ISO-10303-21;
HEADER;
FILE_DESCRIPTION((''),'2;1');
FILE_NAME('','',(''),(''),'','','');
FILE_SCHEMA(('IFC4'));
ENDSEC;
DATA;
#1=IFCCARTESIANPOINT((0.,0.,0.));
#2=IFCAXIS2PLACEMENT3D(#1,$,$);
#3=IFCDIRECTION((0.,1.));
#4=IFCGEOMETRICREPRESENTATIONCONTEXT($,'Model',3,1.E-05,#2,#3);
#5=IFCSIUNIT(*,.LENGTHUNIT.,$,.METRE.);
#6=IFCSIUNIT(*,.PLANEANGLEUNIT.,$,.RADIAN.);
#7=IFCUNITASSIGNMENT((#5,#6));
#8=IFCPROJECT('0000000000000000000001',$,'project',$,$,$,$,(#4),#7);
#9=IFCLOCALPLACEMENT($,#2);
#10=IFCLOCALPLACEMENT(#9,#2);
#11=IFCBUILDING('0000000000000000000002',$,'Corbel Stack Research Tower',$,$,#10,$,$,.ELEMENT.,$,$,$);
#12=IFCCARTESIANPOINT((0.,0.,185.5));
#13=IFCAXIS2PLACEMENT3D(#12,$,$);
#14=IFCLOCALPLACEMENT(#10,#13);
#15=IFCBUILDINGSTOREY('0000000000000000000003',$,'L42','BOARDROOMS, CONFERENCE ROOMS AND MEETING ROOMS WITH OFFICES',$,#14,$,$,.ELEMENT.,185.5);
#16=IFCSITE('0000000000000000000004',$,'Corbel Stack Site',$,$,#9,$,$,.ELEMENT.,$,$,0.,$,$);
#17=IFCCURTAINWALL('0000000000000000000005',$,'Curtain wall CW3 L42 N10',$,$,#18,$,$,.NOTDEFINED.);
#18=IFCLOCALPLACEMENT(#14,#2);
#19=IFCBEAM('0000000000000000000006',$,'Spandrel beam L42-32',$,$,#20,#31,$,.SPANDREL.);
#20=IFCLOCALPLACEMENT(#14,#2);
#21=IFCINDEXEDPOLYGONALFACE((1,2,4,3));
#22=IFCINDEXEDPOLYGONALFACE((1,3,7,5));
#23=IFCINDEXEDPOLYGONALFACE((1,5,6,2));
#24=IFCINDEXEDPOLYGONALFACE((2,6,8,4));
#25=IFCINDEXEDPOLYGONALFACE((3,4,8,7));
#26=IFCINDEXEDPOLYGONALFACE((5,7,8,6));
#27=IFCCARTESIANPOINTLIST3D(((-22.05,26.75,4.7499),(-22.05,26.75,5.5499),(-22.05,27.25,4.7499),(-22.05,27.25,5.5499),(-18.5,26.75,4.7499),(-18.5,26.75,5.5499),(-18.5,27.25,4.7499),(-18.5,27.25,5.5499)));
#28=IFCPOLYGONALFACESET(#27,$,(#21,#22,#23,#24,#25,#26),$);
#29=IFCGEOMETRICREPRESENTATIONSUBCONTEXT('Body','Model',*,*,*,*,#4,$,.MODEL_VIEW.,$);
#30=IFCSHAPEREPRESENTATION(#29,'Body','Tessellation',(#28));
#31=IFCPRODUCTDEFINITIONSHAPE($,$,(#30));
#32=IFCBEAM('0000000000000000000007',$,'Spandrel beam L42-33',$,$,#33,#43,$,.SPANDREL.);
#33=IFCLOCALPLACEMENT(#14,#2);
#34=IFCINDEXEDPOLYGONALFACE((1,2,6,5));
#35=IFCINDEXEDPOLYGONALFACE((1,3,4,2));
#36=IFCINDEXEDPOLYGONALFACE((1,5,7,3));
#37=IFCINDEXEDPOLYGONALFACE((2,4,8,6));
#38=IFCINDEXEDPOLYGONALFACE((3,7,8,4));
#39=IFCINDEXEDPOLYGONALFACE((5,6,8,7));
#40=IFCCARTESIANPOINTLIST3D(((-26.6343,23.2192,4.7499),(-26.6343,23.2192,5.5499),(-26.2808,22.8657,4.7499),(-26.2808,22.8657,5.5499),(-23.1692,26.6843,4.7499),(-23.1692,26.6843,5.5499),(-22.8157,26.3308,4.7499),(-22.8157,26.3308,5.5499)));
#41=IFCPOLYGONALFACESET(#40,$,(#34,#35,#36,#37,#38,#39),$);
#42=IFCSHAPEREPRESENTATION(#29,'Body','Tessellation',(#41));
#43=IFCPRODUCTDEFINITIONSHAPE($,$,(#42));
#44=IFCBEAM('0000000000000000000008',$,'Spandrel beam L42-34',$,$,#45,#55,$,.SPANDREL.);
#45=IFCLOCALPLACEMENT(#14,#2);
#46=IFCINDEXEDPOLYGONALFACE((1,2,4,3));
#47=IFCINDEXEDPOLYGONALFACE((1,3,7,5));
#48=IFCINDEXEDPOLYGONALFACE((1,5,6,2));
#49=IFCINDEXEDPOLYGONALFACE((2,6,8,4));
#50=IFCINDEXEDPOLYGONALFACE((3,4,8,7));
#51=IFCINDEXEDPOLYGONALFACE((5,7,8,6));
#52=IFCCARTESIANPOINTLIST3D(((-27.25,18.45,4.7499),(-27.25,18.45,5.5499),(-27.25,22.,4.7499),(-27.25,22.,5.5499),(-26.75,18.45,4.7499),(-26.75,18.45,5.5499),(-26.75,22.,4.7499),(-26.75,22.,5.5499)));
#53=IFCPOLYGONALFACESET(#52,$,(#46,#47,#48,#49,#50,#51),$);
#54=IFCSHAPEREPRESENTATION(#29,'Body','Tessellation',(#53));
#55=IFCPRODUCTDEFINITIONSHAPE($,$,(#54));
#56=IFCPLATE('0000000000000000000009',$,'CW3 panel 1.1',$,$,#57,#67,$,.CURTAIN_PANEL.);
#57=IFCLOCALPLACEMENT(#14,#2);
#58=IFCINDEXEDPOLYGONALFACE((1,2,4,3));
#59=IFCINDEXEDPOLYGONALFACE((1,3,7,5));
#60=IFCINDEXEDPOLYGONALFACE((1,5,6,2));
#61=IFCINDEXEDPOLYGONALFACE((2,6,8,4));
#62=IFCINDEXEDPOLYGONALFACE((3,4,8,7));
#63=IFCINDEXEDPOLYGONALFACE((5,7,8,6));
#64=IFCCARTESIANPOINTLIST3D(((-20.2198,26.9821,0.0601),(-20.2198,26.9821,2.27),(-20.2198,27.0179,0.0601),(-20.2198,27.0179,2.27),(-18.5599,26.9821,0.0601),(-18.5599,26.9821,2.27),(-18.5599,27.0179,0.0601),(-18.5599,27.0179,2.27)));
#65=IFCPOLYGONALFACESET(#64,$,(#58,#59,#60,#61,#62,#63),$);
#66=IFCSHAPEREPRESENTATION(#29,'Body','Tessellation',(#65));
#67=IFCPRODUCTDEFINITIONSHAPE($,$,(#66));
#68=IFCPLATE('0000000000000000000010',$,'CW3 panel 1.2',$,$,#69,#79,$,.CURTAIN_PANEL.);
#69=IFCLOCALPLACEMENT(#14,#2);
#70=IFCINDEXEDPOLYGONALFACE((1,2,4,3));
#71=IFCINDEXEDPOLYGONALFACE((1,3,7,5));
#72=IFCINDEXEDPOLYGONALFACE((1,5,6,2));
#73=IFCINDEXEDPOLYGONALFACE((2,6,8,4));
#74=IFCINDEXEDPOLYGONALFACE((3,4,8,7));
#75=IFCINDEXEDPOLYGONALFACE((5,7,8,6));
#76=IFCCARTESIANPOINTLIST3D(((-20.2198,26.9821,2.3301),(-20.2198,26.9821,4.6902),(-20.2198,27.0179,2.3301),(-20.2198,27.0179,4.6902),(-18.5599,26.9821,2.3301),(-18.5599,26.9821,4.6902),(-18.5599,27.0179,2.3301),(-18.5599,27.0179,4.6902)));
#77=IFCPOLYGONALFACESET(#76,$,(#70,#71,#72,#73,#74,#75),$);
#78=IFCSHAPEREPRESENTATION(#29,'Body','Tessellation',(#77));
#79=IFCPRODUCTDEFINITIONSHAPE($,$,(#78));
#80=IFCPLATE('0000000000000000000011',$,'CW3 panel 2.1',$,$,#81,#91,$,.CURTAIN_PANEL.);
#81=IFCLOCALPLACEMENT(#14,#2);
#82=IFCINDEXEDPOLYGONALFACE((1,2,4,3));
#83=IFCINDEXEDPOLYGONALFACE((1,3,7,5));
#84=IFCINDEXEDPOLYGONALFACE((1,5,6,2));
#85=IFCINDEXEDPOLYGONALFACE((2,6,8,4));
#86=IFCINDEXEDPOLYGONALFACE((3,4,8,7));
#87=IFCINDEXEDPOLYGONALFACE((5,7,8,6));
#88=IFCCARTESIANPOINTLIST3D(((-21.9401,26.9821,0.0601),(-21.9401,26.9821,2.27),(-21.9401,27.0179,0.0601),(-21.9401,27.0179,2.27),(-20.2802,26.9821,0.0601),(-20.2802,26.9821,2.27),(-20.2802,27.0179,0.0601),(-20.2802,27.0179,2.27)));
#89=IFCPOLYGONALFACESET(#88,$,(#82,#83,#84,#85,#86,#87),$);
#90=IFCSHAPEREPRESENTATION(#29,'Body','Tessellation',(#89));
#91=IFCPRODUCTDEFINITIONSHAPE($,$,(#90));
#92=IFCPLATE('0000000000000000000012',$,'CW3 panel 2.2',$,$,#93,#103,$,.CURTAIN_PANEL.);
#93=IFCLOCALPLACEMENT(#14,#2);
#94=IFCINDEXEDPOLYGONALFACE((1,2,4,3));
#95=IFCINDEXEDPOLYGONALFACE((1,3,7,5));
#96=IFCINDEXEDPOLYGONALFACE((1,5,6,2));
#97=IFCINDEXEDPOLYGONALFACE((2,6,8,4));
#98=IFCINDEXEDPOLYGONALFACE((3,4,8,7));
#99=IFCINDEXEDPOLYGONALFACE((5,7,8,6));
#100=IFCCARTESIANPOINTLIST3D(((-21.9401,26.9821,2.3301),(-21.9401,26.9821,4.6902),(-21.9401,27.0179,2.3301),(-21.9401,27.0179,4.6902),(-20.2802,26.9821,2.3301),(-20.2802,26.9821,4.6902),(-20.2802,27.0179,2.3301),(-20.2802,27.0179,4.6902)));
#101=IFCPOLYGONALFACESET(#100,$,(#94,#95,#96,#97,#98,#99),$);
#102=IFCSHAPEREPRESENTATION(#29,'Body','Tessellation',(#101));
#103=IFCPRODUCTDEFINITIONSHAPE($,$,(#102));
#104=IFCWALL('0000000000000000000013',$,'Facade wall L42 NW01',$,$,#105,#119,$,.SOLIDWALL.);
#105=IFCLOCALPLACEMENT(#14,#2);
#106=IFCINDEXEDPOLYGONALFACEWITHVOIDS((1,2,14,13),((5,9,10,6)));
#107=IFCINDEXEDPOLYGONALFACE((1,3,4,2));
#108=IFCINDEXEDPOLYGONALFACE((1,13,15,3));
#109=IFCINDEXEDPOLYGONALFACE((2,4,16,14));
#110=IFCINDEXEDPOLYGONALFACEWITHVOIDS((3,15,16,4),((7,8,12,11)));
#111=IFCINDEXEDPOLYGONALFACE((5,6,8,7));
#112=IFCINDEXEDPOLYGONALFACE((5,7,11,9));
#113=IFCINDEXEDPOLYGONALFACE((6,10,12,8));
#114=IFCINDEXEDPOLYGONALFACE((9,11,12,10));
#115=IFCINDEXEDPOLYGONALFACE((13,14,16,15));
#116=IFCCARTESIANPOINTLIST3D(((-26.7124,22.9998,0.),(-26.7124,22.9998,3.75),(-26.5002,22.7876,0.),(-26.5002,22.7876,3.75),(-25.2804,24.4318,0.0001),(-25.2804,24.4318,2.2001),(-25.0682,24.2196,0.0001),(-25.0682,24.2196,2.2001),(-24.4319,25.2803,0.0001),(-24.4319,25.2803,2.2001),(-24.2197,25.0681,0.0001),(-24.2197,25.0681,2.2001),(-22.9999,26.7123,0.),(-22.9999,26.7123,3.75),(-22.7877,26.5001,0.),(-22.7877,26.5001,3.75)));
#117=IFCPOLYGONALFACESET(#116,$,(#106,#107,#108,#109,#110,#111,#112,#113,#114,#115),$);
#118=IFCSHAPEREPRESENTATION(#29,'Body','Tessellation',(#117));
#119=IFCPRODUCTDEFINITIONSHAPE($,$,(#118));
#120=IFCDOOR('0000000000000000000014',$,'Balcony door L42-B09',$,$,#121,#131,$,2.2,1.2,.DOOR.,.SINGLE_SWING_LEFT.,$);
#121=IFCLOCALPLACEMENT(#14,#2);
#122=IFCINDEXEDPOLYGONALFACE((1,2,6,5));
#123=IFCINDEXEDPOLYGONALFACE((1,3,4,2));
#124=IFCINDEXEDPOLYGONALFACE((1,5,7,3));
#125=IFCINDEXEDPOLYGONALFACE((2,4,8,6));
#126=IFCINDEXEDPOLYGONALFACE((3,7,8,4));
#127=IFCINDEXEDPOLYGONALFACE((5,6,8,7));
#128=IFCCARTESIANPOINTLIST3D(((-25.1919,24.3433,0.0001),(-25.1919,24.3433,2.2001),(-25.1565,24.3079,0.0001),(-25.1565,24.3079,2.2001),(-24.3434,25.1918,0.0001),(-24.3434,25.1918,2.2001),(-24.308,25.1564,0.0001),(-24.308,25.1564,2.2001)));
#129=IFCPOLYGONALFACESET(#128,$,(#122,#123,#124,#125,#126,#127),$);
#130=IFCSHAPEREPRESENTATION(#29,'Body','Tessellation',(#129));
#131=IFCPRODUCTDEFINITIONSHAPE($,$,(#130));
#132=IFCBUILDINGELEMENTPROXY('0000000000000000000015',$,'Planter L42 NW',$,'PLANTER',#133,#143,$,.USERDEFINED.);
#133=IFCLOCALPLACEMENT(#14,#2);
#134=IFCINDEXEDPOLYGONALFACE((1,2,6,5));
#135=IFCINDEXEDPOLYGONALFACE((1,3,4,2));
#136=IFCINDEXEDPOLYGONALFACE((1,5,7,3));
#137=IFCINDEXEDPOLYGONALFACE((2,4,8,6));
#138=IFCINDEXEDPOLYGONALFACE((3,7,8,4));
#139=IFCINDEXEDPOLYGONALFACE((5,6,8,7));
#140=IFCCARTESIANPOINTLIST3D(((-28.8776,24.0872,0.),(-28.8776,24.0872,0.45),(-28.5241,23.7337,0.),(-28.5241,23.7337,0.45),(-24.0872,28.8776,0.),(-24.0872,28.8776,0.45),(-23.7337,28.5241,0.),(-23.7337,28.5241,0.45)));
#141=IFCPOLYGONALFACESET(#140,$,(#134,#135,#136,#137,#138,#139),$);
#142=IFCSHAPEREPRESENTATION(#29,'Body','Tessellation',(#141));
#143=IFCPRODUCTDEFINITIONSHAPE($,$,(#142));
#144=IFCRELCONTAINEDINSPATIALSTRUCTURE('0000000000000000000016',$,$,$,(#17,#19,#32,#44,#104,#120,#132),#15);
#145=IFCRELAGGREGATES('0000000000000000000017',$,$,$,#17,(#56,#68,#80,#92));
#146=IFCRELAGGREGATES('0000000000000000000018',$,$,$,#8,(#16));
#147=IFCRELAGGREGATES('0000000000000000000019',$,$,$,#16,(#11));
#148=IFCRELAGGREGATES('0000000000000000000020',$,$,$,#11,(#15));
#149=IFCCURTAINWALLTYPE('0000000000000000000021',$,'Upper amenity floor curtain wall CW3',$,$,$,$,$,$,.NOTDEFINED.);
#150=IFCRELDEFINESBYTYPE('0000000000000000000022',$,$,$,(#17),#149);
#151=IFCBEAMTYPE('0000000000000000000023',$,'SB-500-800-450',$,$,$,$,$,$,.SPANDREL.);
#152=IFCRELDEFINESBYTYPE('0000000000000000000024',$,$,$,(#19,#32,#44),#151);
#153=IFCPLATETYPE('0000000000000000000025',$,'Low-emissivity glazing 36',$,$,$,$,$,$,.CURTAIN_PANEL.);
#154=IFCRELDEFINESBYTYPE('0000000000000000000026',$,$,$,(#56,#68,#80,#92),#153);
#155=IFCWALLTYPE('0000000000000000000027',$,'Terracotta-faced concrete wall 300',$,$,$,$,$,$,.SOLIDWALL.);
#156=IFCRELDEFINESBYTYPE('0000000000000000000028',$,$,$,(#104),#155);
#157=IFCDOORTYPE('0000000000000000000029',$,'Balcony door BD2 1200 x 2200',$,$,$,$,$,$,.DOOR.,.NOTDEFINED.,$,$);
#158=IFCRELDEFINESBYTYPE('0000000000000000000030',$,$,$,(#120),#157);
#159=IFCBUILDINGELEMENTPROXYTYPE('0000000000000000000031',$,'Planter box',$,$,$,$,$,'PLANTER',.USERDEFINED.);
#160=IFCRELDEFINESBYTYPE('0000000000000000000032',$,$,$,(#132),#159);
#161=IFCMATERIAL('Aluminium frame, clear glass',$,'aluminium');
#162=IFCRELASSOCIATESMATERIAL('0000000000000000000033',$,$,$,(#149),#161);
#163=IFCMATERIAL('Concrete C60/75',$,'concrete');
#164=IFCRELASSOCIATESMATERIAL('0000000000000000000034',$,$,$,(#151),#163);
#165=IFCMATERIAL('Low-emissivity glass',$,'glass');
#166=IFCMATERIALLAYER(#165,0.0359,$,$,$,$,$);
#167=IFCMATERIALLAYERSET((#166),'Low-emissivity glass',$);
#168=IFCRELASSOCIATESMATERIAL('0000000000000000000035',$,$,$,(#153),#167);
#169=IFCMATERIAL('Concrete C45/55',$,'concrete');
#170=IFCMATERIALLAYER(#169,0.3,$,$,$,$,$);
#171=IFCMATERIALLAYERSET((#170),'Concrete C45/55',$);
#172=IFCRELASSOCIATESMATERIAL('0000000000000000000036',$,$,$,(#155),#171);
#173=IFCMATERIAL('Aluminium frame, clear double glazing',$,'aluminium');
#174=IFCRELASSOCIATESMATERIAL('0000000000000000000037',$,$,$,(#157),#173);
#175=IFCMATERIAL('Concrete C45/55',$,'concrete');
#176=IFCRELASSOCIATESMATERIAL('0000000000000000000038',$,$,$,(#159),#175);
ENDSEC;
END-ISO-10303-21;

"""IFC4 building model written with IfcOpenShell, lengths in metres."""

from ifc_helpers import new_model, si_unit, direction, frame, frame_2d, origin, origin_2d, place, context, subcontext, project, spatial, rectangle, extrude, material, layer, layer_set, material_profile, profile_set, type_object, element, fill, aggregate, save


model = new_model("IFC4")

# Units and contexts
model_context = context("Model", 3, precision=1e-05, world=origin(), true_north=direction((0.0, 1.0)))
body_context = subcontext(model_context, "Body", "Model", "MODEL_VIEW")
ifc_project = project(units=[si_unit("LENGTHUNIT", "METRE"), si_unit("PLANEANGLEUNIT", "RADIAN")], contexts=[model_context])

# Site, building, storey
site_placement = place(None, origin())
site = spatial("IfcSite", under=ifc_project, at=site_placement, Name="Corbel Stack Site", CompositionType="ELEMENT", RefElevation=0.0)
building_placement = place(site_placement, origin())
building = spatial("IfcBuilding", under=site, at=building_placement, Name="Corbel Stack Research Tower", CompositionType="ELEMENT")
storey_placement = place(building_placement, frame((0.0, 0.0, 185.5)))
storey = spatial("IfcBuildingStorey", under=building, at=storey_placement, Name="L42", Description="BOARDROOMS, CONFERENCE ROOMS AND MEETING ROOMS WITH OFFICES", CompositionType="ELEMENT", Elevation=185.5)

# Curtain wall
ifc_material_1 = material(Name="Aluminium frame, clear glass", Category="aluminium")
curtain_wall_type = type_object("IfcCurtainWallType", Name="Upper amenity floor curtain wall CW3", PredefinedType="NOTDEFINED", material=ifc_material_1)
curtain_wall_1_placement = place(storey_placement, origin())
curtain_wall_1 = element("IfcCurtainWall", 1, at=curtain_wall_1_placement, inside=storey, type_object=curtain_wall_type, Name="Curtain wall CW3 L42 N10", PredefinedType="NOTDEFINED")

# Beams
ifc_material_2 = material(Name="Concrete C60/75", Category="concrete")
ifc_material_profile_1 = material_profile(ifc_material_2, rectangle(XDim=0.5, YDim=0.8, at=origin_2d()), Name="RC 500 x 800")
ifc_profile_set_1 = profile_set([ifc_material_profile_1], Name="Concrete C60/75")
beam_type = type_object("IfcBeamType", Name="SB-500-800-450", PredefinedType="SPANDREL", material=ifc_profile_set_1)
beam_1_placement = place(storey_placement, frame((-18.5, 27.0, 5.1499), z_axis=(-1.0, 0.0, 0.0), x_axis=(0.0, -1.0, 0.0)))
element("IfcBeam", 2, at=beam_1_placement, inside=storey, type_object=beam_type, Name="Spandrel beam L42-32", PredefinedType="SPANDREL", context=body_context, shape_type="SweptSolid", body=[
    extrude(rectangle(XDim=0.5, YDim=0.8, at=origin_2d()), origin(), (0.0, 0.0, 1.0), 3.55),
])
beam_2_placement = place(storey_placement, frame((-22.9924, 26.5076, 5.1499), z_axis=(-0.707107, -0.707107, 0.0), x_axis=(0.707107, -0.707107, 0.0)))
element("IfcBeam", 3, at=beam_2_placement, inside=storey, type_object=beam_type, Name="Spandrel beam L42-33", PredefinedType="SPANDREL", context=body_context, shape_type="SweptSolid", body=[
    extrude(rectangle(XDim=0.5, YDim=0.8, at=origin_2d()), origin(), (0.0, 0.0, 1.0), 4.9004),
])
beam_3_placement = place(storey_placement, frame((-27.0, 22.0, 5.1499), z_axis=(0.0, -1.0, 0.0), x_axis=(1.0, 0.0, 0.0)))
element("IfcBeam", 4, at=beam_3_placement, inside=storey, type_object=beam_type, Name="Spandrel beam L42-34", PredefinedType="SPANDREL", context=body_context, shape_type="SweptSolid", body=[
    extrude(rectangle(XDim=0.5, YDim=0.8, at=origin_2d()), origin(), (0.0, 0.0, 1.0), 3.55),
])

# Plates
ifc_material_3 = material(Name="Low-emissivity glass", Category="glass")
ifc_layer_1 = layer(ifc_material_3, 0.0359)
ifc_layer_set_1 = layer_set([ifc_layer_1], Name="Low-emissivity glass")
plate_type = type_object("IfcPlateType", Name="Low-emissivity glazing 36", PredefinedType="CURTAIN_PANEL", material=ifc_layer_set_1)
plate_1_placement = place(storey_placement, frame((-19.3899, 27.0, 0.0601), z_axis=(0.0, 0.0, 1.0), x_axis=(-1.0, 0.0, 0.0)))
plate_1 = element("IfcPlate", 5, at=plate_1_placement, type_object=plate_type, Name="CW3 panel 1.1", PredefinedType="CURTAIN_PANEL", context=body_context, shape_type="SweptSolid", body=[
    extrude(rectangle(XDim=1.6599, YDim=0.0359, at=origin_2d()), origin(), (0.0, 0.0, 1.0), 2.21),
])
plate_2_placement = place(storey_placement, frame((-19.3899, 27.0, 2.3301), z_axis=(0.0, 0.0, 1.0), x_axis=(-1.0, 0.0, 0.0)))
plate_2 = element("IfcPlate", 6, at=plate_2_placement, type_object=plate_type, Name="CW3 panel 1.2", PredefinedType="CURTAIN_PANEL", context=body_context, shape_type="SweptSolid", body=[
    extrude(rectangle(XDim=1.6599, YDim=0.0359, at=origin_2d()), origin(), (0.0, 0.0, 1.0), 2.3601),
])
plate_3_placement = place(storey_placement, frame((-21.1101, 27.0, 0.0601), z_axis=(0.0, 0.0, 1.0), x_axis=(-1.0, 0.0, 0.0)))
plate_3 = element("IfcPlate", 7, at=plate_3_placement, type_object=plate_type, Name="CW3 panel 2.1", PredefinedType="CURTAIN_PANEL", context=body_context, shape_type="SweptSolid", body=[
    extrude(rectangle(XDim=1.6599, YDim=0.0359, at=origin_2d()), origin(), (0.0, 0.0, 1.0), 2.21),
])
plate_4_placement = place(storey_placement, frame((-21.1101, 27.0, 2.3301), z_axis=(0.0, 0.0, 1.0), x_axis=(-1.0, 0.0, 0.0)))
plate_4 = element("IfcPlate", 8, at=plate_4_placement, type_object=plate_type, Name="CW3 panel 2.2", PredefinedType="CURTAIN_PANEL", context=body_context, shape_type="SweptSolid", body=[
    extrude(rectangle(XDim=1.6599, YDim=0.0359, at=origin_2d()), origin(), (0.0, 0.0, 1.0), 2.3601),
])
aggregate(curtain_wall_1, [plate_1, plate_2, plate_3, plate_4])

# Wall, opening, door
ifc_material_4 = material(Name="Concrete C45/55", Category="concrete")
ifc_layer_2 = layer(ifc_material_4, 0.3)
ifc_layer_set_2 = layer_set([ifc_layer_2], Name="Concrete C45/55")
wall_type = type_object("IfcWallType", Name="Terracotta-faced concrete wall 300", PredefinedType="SOLIDWALL", material=ifc_layer_set_2)
wall_placement = place(storey_placement, frame((-26.6062, 22.8938, 0.0), z_axis=(0.0, 0.0, 1.0), x_axis=(0.707107, 0.707107, 0.0)))
wall = element("IfcWall", 9, at=wall_placement, inside=storey, type_object=wall_type, Name="Facade wall L42 NW01", PredefinedType="SOLIDWALL", context=body_context, shape_type="SweptSolid", body=[
    extrude(rectangle(XDim=5.2502, YDim=0.3, at=frame_2d((2.625, 0.0))), origin(), (0.0, 0.0, 1.0), 3.75),
])
opening_placement = place(wall_placement, frame((2.0249, 0.0, 0.0)))
opening = element("IfcOpeningElement", 10, at=opening_placement, cuts=wall, PredefinedType="OPENING", context=body_context, shape_type="SweptSolid", body=[
    extrude(rectangle(XDim=1.2, YDim=2.2, at=frame_2d((0.6001, 1.1001))), frame((0.0, 0.1599, 0.0), z_axis=(0.0, -1.0, 0.0), x_axis=(1.0, 0.0, 0.0)), (0.0, 0.0, 1.0), 0.3201),
])
ifc_material_5 = material(Name="Aluminium frame, clear double glazing", Category="aluminium")
door_type = type_object("IfcDoorType", Name="Balcony door BD2 1200 x 2200", OperationType="NOTDEFINED", PredefinedType="DOOR", material=ifc_material_5)
door_placement = place(opening_placement, origin())
door = element("IfcDoor", 11, at=door_placement, inside=storey, type_object=door_type, Name="Balcony door L42-B09", OperationType="SINGLE_SWING_LEFT", OverallHeight=2.2, OverallWidth=1.2, PredefinedType="DOOR", context=body_context, shape_type="SweptSolid", body=[
    extrude(rectangle(XDim=1.2, YDim=2.2, at=frame_2d((0.6001, 1.1001))), frame((0.0, 0.0249, 0.0), z_axis=(0.0, -1.0, 0.0), x_axis=(1.0, 0.0, 0.0)), (0.0, 0.0, 1.0), 0.05),
])
fill(opening, door)

# Building element proxy
ifc_material_6 = material(Name="Concrete C45/55", Category="concrete")
building_element_proxy_type = type_object("IfcBuildingElementProxyType", Name="Planter box", ElementType="PLANTER", PredefinedType="USERDEFINED", material=ifc_material_6)
proxy_placement = place(storey_placement, frame((-26.3057, 26.3057, 0.0), z_axis=(0.0, 0.0, 1.0), x_axis=(-0.707107, -0.707107, 0.0)))
element("IfcBuildingElementProxy", 12, at=proxy_placement, inside=storey, type_object=building_element_proxy_type, Name="Planter L42 NW", ObjectType="PLANTER", PredefinedType="USERDEFINED", context=body_context, shape_type="SweptSolid", body=[
    extrude(rectangle(XDim=6.7747, YDim=0.5, at=origin_2d()), origin(), (0.0, 0.0, 1.0), 0.45),
])

save(model, "model.ifc")
